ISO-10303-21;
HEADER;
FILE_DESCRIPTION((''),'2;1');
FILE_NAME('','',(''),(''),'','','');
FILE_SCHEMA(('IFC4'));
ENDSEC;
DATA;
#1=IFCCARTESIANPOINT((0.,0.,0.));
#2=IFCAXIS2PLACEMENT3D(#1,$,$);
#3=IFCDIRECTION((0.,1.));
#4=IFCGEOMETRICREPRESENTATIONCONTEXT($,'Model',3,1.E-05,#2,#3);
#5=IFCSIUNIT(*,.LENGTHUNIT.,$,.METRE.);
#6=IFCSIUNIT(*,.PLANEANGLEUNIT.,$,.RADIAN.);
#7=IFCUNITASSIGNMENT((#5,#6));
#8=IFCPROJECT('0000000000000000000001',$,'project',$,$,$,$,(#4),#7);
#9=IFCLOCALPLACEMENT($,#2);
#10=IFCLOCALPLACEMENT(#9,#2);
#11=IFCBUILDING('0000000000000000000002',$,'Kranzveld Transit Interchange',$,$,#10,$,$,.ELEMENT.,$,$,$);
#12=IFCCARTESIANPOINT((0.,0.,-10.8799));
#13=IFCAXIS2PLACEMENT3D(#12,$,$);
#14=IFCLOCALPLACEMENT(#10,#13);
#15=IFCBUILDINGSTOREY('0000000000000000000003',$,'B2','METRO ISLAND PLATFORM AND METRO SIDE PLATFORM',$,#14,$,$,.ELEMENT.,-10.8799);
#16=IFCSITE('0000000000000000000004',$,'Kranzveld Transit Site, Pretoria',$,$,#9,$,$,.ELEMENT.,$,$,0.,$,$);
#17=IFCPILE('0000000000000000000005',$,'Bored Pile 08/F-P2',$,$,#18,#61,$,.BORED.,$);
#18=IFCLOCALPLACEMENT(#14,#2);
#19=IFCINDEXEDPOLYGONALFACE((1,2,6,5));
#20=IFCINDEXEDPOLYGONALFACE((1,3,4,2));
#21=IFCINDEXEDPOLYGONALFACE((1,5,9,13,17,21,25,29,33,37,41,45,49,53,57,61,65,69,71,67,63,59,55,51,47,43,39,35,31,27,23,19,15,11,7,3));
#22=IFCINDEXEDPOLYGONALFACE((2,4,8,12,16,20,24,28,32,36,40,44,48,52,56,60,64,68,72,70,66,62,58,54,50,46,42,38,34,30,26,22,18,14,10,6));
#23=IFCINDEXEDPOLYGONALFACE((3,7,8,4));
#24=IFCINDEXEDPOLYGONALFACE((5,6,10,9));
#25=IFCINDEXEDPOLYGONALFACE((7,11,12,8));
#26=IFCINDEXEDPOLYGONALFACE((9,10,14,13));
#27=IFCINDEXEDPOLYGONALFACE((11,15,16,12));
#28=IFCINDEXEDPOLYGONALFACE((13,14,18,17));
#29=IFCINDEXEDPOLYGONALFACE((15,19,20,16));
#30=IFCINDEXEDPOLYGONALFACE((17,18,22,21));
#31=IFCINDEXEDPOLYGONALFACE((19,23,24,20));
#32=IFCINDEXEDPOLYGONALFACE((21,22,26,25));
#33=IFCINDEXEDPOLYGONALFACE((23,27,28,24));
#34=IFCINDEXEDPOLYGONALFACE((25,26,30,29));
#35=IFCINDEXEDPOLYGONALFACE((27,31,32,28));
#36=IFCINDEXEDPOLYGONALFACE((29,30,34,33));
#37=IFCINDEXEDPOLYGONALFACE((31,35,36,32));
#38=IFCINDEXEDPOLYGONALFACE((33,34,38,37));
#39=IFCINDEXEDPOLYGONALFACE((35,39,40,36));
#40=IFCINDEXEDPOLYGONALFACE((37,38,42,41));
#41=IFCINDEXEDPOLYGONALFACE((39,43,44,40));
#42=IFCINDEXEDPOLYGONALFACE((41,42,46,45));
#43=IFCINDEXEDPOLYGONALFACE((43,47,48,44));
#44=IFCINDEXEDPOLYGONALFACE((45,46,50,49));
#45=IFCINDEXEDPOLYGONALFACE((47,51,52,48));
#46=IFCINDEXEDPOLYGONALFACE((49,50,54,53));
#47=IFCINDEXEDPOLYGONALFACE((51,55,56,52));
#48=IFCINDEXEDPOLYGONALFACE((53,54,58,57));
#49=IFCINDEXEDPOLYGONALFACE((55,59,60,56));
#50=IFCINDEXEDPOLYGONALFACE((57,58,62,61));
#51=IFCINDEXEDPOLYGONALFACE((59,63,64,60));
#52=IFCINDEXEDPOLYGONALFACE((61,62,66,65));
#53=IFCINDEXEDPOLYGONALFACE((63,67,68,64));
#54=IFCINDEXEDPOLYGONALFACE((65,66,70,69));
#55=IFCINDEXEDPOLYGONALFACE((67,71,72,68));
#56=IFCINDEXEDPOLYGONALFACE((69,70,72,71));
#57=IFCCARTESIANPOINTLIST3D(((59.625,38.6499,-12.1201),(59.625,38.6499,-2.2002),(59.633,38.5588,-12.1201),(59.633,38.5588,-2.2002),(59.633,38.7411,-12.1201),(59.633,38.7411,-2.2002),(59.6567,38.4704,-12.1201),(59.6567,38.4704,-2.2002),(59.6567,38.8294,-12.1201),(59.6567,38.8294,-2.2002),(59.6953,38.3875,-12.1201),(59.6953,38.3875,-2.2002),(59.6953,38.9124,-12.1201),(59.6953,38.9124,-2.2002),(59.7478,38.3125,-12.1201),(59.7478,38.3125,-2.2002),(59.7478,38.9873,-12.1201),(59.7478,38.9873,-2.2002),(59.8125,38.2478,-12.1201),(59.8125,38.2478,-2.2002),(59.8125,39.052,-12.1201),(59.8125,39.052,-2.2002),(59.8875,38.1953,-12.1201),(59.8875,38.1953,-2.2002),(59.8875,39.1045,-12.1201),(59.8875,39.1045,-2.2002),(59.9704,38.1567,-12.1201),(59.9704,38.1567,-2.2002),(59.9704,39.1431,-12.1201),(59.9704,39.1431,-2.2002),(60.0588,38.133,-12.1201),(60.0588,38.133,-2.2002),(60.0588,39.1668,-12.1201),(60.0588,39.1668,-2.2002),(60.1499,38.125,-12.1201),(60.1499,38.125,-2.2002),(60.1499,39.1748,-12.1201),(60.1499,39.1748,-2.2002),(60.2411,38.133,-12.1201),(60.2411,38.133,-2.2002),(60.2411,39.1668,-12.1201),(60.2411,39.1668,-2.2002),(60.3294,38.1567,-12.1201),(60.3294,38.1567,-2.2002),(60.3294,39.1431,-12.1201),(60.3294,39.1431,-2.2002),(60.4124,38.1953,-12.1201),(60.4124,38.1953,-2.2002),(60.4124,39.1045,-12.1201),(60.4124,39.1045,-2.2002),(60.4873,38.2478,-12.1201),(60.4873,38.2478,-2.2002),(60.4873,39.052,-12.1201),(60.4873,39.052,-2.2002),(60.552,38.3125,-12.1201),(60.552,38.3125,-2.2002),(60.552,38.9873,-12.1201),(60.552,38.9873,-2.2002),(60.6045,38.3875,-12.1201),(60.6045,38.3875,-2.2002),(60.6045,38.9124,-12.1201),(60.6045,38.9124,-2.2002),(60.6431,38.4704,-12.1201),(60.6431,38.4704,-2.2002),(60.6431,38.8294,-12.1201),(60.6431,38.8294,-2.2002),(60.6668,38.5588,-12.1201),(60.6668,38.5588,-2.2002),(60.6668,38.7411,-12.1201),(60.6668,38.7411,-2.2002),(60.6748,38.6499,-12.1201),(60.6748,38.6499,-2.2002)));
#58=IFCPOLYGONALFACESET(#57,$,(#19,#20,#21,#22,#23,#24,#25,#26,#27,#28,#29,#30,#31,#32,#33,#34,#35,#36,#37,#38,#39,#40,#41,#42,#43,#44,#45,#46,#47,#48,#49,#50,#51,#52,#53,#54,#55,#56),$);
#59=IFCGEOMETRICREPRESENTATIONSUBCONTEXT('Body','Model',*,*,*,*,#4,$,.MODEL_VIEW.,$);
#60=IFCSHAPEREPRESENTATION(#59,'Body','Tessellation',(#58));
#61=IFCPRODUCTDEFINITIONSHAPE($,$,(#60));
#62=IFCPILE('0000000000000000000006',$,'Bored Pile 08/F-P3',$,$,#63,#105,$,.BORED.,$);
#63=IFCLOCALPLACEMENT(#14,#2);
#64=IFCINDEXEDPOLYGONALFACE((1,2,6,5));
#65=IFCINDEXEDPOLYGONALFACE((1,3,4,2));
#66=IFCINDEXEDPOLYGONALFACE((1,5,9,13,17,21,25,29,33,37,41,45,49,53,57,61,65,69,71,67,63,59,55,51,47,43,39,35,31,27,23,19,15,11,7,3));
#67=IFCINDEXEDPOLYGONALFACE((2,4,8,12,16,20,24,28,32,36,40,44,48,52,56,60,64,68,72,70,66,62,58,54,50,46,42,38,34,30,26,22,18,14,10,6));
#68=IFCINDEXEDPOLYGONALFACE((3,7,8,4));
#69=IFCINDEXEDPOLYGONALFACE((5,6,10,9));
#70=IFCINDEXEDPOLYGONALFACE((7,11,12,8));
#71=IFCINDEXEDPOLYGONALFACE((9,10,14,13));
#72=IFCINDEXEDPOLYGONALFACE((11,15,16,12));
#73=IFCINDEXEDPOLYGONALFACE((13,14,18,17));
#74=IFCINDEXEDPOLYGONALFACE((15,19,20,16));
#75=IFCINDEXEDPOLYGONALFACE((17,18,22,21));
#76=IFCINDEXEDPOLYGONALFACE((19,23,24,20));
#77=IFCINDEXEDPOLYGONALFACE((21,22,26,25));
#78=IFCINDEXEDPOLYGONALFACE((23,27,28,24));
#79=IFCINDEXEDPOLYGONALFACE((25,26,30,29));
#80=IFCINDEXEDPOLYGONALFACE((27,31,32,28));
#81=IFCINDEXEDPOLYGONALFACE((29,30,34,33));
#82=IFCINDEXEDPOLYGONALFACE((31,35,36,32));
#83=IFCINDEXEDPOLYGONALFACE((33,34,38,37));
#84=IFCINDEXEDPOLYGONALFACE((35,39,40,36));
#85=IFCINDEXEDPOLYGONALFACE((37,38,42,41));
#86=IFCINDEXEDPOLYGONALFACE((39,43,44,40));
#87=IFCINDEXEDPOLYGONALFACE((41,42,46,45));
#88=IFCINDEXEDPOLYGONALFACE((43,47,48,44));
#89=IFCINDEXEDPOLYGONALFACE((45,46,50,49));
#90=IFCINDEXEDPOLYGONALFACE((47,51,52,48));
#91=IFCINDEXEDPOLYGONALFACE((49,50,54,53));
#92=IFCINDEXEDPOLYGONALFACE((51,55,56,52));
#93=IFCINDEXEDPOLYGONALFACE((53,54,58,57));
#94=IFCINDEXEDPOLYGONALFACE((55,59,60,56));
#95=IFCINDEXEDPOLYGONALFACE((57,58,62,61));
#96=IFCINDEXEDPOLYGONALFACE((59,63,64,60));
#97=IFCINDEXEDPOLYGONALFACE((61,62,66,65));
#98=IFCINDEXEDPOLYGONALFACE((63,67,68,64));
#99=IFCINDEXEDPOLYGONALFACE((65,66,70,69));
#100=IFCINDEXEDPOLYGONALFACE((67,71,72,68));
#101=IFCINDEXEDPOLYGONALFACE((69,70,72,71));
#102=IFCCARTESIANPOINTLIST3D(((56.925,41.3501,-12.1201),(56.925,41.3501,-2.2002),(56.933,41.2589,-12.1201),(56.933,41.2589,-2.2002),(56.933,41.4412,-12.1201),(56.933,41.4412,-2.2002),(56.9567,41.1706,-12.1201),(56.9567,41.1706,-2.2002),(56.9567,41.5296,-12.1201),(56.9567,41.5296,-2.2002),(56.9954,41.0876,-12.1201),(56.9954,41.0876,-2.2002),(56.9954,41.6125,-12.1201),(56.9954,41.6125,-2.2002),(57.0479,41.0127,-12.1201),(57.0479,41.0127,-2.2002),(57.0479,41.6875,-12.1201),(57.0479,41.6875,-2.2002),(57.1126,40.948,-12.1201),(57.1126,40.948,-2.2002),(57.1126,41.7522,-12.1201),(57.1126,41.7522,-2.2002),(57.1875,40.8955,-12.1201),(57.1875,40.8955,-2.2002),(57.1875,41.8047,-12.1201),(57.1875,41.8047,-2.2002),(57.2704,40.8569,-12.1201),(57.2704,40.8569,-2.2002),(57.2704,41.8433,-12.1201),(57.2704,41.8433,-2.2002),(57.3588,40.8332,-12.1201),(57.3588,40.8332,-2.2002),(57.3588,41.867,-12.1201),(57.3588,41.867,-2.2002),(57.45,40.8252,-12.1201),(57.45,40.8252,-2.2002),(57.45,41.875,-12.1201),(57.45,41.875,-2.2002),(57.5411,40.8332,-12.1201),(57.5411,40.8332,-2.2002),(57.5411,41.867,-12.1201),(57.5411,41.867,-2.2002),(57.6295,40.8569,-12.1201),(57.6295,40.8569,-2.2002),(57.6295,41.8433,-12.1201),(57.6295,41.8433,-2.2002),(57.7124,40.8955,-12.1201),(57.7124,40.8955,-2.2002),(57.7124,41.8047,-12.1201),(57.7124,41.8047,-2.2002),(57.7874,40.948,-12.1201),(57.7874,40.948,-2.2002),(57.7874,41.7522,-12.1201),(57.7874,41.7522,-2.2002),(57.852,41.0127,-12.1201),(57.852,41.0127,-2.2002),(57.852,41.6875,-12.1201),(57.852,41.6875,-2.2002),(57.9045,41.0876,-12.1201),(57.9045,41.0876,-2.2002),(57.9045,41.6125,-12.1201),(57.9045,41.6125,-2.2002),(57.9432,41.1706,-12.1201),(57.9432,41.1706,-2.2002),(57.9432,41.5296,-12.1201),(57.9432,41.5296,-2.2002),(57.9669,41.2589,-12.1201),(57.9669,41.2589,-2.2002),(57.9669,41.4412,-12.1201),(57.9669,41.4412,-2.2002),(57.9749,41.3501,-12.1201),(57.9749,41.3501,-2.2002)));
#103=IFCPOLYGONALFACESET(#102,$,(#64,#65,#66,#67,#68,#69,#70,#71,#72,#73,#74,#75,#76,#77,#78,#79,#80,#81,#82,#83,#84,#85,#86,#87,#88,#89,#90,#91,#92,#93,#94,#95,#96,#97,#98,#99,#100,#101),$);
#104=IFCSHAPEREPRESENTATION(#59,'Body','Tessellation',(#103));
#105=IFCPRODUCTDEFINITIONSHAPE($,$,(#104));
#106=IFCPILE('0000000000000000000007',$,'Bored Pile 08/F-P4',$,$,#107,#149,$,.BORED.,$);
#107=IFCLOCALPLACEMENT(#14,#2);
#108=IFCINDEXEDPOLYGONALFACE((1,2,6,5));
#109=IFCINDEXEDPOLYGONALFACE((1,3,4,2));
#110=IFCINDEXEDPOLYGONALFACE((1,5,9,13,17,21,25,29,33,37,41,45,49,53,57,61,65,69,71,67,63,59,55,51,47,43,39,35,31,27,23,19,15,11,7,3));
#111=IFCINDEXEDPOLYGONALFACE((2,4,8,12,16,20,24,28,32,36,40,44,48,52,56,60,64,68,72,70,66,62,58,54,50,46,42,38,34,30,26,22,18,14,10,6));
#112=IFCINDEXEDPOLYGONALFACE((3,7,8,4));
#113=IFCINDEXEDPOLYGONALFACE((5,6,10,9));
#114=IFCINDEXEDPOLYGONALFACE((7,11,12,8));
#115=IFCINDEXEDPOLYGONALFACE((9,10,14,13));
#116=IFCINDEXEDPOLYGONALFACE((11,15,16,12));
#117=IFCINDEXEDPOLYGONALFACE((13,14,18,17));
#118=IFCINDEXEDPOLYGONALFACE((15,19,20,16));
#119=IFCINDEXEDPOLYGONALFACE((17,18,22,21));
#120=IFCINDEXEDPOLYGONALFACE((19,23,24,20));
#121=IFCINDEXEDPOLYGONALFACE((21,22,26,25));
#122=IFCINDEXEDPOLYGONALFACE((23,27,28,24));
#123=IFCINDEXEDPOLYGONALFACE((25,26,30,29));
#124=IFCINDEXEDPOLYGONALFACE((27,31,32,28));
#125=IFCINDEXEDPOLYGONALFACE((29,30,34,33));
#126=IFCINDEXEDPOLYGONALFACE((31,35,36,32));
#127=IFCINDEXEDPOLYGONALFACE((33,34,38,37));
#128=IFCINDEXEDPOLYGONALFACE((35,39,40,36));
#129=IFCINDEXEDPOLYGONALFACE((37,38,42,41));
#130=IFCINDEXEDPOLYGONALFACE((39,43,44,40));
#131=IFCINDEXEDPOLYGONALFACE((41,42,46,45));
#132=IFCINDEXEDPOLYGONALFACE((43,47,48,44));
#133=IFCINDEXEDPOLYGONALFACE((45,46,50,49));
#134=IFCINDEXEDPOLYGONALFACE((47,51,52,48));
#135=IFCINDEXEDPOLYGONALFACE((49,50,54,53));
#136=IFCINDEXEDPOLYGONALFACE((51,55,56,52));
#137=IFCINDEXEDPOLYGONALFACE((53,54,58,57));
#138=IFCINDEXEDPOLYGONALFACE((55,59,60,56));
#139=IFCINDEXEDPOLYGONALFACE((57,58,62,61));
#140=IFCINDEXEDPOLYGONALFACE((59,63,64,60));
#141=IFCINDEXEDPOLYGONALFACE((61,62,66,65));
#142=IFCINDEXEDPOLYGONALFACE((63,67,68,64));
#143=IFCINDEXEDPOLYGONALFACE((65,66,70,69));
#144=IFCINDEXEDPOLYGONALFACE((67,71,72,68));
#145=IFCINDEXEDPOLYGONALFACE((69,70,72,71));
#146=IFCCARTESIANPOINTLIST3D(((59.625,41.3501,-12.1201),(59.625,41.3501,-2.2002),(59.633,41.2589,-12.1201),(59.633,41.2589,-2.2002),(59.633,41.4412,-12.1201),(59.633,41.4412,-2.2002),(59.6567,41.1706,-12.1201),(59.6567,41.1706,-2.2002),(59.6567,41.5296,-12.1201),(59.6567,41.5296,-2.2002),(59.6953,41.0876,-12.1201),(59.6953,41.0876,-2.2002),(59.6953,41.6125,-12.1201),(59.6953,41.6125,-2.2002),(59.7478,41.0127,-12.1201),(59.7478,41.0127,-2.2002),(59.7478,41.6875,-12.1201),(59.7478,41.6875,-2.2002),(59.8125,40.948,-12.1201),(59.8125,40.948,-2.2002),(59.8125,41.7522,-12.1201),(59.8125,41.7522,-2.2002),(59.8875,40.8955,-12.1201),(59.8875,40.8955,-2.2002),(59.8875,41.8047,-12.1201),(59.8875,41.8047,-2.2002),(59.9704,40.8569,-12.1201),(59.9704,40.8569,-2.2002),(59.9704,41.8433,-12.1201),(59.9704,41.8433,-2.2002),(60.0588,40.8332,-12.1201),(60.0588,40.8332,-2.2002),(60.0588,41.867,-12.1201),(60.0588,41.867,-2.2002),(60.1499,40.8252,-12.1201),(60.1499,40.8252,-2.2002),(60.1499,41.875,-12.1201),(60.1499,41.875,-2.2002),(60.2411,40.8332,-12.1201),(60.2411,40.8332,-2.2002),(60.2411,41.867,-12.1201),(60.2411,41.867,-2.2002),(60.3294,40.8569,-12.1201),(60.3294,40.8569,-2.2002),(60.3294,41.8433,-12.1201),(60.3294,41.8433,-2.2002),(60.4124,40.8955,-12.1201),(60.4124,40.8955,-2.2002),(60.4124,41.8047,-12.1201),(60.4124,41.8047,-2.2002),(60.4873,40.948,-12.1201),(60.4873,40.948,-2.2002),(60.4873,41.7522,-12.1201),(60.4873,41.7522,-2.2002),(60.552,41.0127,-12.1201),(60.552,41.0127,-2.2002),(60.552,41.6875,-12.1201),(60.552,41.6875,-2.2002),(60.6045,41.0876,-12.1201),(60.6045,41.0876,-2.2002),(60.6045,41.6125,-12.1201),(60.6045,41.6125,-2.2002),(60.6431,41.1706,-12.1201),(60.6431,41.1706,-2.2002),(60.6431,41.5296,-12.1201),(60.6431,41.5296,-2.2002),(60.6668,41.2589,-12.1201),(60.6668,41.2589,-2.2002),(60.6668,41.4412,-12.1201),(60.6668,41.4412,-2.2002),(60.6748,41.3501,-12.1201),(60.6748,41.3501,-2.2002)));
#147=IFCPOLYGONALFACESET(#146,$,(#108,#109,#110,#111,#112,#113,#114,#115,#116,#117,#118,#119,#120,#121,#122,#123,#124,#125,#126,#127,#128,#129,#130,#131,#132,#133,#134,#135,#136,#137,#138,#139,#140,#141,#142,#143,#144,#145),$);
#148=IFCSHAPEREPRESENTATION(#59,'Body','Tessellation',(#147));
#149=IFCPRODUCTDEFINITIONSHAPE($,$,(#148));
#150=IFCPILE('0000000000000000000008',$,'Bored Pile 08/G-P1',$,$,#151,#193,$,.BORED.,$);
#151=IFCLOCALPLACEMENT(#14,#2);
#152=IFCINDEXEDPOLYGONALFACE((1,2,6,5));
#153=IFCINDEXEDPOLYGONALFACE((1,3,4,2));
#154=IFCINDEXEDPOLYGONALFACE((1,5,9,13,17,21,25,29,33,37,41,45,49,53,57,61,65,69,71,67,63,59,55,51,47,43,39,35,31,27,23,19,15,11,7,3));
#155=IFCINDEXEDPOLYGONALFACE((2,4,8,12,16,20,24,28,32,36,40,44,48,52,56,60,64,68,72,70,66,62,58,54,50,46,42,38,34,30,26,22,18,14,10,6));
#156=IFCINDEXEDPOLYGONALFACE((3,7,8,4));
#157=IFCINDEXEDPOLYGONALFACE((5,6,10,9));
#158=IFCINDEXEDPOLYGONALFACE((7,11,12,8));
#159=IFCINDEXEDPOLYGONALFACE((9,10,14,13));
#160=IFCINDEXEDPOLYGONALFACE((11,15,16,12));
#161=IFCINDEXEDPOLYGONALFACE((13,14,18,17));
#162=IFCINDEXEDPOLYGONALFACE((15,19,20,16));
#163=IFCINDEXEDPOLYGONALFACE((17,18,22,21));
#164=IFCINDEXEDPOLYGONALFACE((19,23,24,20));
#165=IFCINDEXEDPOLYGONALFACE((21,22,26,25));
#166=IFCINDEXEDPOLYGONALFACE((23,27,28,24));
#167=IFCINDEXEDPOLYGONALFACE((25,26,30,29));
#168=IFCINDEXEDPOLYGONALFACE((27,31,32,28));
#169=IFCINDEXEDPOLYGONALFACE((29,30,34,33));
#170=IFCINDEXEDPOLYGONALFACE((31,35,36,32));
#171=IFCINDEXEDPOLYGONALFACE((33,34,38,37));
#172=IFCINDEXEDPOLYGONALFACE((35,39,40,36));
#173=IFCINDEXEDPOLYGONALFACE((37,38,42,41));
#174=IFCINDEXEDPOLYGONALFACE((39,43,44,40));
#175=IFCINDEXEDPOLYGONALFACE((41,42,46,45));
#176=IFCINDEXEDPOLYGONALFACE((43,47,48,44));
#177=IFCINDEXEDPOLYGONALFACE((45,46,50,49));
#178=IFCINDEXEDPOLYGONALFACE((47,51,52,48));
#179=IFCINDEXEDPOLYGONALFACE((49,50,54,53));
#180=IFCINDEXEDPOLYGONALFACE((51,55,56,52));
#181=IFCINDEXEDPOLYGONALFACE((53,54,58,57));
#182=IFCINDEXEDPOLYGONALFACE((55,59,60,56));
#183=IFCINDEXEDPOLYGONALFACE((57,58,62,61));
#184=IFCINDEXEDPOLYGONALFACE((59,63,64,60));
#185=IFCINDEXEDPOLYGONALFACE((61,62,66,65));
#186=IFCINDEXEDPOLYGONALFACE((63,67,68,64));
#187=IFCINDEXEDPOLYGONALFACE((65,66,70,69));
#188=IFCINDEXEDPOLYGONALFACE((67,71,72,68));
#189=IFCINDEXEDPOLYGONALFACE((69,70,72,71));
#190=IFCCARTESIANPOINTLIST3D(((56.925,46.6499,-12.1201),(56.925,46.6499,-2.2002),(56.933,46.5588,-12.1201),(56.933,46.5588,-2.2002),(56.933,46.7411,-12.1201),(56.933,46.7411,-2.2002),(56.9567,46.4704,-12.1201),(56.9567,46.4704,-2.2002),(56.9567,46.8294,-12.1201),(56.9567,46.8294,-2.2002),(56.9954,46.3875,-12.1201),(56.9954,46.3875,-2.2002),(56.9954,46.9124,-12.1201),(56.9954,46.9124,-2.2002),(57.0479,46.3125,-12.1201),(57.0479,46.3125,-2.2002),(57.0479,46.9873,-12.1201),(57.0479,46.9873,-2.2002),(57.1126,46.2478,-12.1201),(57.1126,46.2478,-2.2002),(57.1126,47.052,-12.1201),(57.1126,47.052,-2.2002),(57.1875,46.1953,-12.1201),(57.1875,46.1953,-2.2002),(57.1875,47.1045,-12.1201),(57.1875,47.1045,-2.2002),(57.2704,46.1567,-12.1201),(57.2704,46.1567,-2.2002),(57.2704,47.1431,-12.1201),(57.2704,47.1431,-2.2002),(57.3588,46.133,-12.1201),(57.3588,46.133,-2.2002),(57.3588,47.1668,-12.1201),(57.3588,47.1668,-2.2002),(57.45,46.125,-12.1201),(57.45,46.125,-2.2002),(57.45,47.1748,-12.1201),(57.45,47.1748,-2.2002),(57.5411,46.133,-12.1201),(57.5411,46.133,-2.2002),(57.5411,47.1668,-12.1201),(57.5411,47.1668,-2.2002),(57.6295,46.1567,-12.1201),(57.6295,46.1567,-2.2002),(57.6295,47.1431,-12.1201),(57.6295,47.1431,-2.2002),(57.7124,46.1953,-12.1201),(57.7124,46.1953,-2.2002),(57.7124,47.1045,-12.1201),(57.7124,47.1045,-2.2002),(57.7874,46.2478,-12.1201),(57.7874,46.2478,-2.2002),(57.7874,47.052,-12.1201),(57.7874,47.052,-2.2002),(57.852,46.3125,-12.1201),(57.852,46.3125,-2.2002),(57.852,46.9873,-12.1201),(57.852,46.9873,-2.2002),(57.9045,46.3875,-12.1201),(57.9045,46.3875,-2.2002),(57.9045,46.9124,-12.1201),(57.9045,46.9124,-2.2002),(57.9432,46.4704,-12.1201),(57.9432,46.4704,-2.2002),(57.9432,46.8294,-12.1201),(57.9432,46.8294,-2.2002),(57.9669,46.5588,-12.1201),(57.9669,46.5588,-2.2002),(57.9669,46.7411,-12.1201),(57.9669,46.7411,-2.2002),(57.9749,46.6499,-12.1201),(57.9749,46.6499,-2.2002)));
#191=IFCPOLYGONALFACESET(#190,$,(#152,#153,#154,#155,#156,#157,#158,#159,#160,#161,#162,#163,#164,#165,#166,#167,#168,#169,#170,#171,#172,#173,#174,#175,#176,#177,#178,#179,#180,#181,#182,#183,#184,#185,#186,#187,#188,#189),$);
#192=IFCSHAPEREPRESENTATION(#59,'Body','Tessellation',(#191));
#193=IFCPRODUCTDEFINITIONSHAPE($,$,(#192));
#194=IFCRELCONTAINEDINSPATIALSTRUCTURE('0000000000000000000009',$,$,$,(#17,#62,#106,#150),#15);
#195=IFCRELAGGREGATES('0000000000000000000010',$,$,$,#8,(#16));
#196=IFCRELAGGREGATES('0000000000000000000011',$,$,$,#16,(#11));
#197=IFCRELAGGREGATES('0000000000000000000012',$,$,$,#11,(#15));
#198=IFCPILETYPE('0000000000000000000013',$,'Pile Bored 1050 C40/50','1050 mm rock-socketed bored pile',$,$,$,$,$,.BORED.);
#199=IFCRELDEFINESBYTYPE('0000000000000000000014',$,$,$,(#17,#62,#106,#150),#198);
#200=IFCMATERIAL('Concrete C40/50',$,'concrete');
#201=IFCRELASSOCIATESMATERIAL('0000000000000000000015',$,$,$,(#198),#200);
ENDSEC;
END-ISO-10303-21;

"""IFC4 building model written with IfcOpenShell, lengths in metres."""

from ifc_helpers import new_model, si_unit, direction, frame, origin, origin_2d, place, context, subcontext, project, spatial, circle, extrude, material, material_profile, profile_set, type_object, element, save


model = new_model("IFC4")

# Units and contexts
model_context = context("Model", 3, precision=1e-05, world=origin(), true_north=direction((0.0, 1.0)))
body_context = subcontext(model_context, "Body", "Model", "MODEL_VIEW")
ifc_project = project(units=[si_unit("LENGTHUNIT", "METRE"), si_unit("PLANEANGLEUNIT", "RADIAN")], contexts=[model_context])

# Site, building, storey
site_placement = place(None, origin())
site = spatial("IfcSite", under=ifc_project, at=site_placement, Name="Kranzveld Transit Site, Pretoria", CompositionType="ELEMENT", RefElevation=0.0)
building_placement = place(site_placement, origin())
building = spatial("IfcBuilding", under=site, at=building_placement, Name="Kranzveld Transit Interchange", CompositionType="ELEMENT")
storey_placement = place(building_placement, frame((0.0, 0.0, -10.8799)))
storey = spatial("IfcBuildingStorey", under=building, at=storey_placement, Name="B2", Description="METRO ISLAND PLATFORM AND METRO SIDE PLATFORM", CompositionType="ELEMENT", Elevation=-10.8799)

# Piles
ifc_material_1 = material(Name="Concrete C40/50", Category="concrete")
ifc_material_profile_1 = material_profile(ifc_material_1, circle(Radius=0.5249, at=origin_2d()), Name="BORED PILE 1050")
ifc_profile_set_1 = profile_set([ifc_material_profile_1], Name="Concrete C40/50")
pile_type = type_object("IfcPileType", Name="Pile Bored 1050 C40/50", Description="1050 mm rock-socketed bored pile", PredefinedType="BORED", material=ifc_profile_set_1)
for number, where, z_axis, x_axis, name in (
    (1, (60.1499, 38.6499, -2.2002), (0.0, 0.0, -1.0), (1.0, 0.0, 0.0), "Bored Pile 08/F-P2"),
    (2, (57.45, 41.3501, -2.2002), (0.0, 0.0, -1.0), (1.0, 0.0, 0.0), "Bored Pile 08/F-P3"),
    (3, (60.1499, 41.3501, -2.2002), (0.0, 0.0, -1.0), (1.0, 0.0, 0.0), "Bored Pile 08/F-P4"),
    (4, (57.45, 46.6499, -2.2002), (0.0, 0.0, -1.0), (1.0, 0.0, 0.0), "Bored Pile 08/G-P1"),
):
    element("IfcPile", number, at=place(storey_placement, frame(where, z_axis=z_axis, x_axis=x_axis)), inside=storey, type_object=pile_type, Name=name, PredefinedType="BORED", context=body_context, shape_type="SweptSolid", body=[
        extrude(circle(Radius=0.5249, at=origin_2d()), origin(), (0.0, 0.0, 1.0), 9.9199),
    ])

save(model, "model.ifc")
